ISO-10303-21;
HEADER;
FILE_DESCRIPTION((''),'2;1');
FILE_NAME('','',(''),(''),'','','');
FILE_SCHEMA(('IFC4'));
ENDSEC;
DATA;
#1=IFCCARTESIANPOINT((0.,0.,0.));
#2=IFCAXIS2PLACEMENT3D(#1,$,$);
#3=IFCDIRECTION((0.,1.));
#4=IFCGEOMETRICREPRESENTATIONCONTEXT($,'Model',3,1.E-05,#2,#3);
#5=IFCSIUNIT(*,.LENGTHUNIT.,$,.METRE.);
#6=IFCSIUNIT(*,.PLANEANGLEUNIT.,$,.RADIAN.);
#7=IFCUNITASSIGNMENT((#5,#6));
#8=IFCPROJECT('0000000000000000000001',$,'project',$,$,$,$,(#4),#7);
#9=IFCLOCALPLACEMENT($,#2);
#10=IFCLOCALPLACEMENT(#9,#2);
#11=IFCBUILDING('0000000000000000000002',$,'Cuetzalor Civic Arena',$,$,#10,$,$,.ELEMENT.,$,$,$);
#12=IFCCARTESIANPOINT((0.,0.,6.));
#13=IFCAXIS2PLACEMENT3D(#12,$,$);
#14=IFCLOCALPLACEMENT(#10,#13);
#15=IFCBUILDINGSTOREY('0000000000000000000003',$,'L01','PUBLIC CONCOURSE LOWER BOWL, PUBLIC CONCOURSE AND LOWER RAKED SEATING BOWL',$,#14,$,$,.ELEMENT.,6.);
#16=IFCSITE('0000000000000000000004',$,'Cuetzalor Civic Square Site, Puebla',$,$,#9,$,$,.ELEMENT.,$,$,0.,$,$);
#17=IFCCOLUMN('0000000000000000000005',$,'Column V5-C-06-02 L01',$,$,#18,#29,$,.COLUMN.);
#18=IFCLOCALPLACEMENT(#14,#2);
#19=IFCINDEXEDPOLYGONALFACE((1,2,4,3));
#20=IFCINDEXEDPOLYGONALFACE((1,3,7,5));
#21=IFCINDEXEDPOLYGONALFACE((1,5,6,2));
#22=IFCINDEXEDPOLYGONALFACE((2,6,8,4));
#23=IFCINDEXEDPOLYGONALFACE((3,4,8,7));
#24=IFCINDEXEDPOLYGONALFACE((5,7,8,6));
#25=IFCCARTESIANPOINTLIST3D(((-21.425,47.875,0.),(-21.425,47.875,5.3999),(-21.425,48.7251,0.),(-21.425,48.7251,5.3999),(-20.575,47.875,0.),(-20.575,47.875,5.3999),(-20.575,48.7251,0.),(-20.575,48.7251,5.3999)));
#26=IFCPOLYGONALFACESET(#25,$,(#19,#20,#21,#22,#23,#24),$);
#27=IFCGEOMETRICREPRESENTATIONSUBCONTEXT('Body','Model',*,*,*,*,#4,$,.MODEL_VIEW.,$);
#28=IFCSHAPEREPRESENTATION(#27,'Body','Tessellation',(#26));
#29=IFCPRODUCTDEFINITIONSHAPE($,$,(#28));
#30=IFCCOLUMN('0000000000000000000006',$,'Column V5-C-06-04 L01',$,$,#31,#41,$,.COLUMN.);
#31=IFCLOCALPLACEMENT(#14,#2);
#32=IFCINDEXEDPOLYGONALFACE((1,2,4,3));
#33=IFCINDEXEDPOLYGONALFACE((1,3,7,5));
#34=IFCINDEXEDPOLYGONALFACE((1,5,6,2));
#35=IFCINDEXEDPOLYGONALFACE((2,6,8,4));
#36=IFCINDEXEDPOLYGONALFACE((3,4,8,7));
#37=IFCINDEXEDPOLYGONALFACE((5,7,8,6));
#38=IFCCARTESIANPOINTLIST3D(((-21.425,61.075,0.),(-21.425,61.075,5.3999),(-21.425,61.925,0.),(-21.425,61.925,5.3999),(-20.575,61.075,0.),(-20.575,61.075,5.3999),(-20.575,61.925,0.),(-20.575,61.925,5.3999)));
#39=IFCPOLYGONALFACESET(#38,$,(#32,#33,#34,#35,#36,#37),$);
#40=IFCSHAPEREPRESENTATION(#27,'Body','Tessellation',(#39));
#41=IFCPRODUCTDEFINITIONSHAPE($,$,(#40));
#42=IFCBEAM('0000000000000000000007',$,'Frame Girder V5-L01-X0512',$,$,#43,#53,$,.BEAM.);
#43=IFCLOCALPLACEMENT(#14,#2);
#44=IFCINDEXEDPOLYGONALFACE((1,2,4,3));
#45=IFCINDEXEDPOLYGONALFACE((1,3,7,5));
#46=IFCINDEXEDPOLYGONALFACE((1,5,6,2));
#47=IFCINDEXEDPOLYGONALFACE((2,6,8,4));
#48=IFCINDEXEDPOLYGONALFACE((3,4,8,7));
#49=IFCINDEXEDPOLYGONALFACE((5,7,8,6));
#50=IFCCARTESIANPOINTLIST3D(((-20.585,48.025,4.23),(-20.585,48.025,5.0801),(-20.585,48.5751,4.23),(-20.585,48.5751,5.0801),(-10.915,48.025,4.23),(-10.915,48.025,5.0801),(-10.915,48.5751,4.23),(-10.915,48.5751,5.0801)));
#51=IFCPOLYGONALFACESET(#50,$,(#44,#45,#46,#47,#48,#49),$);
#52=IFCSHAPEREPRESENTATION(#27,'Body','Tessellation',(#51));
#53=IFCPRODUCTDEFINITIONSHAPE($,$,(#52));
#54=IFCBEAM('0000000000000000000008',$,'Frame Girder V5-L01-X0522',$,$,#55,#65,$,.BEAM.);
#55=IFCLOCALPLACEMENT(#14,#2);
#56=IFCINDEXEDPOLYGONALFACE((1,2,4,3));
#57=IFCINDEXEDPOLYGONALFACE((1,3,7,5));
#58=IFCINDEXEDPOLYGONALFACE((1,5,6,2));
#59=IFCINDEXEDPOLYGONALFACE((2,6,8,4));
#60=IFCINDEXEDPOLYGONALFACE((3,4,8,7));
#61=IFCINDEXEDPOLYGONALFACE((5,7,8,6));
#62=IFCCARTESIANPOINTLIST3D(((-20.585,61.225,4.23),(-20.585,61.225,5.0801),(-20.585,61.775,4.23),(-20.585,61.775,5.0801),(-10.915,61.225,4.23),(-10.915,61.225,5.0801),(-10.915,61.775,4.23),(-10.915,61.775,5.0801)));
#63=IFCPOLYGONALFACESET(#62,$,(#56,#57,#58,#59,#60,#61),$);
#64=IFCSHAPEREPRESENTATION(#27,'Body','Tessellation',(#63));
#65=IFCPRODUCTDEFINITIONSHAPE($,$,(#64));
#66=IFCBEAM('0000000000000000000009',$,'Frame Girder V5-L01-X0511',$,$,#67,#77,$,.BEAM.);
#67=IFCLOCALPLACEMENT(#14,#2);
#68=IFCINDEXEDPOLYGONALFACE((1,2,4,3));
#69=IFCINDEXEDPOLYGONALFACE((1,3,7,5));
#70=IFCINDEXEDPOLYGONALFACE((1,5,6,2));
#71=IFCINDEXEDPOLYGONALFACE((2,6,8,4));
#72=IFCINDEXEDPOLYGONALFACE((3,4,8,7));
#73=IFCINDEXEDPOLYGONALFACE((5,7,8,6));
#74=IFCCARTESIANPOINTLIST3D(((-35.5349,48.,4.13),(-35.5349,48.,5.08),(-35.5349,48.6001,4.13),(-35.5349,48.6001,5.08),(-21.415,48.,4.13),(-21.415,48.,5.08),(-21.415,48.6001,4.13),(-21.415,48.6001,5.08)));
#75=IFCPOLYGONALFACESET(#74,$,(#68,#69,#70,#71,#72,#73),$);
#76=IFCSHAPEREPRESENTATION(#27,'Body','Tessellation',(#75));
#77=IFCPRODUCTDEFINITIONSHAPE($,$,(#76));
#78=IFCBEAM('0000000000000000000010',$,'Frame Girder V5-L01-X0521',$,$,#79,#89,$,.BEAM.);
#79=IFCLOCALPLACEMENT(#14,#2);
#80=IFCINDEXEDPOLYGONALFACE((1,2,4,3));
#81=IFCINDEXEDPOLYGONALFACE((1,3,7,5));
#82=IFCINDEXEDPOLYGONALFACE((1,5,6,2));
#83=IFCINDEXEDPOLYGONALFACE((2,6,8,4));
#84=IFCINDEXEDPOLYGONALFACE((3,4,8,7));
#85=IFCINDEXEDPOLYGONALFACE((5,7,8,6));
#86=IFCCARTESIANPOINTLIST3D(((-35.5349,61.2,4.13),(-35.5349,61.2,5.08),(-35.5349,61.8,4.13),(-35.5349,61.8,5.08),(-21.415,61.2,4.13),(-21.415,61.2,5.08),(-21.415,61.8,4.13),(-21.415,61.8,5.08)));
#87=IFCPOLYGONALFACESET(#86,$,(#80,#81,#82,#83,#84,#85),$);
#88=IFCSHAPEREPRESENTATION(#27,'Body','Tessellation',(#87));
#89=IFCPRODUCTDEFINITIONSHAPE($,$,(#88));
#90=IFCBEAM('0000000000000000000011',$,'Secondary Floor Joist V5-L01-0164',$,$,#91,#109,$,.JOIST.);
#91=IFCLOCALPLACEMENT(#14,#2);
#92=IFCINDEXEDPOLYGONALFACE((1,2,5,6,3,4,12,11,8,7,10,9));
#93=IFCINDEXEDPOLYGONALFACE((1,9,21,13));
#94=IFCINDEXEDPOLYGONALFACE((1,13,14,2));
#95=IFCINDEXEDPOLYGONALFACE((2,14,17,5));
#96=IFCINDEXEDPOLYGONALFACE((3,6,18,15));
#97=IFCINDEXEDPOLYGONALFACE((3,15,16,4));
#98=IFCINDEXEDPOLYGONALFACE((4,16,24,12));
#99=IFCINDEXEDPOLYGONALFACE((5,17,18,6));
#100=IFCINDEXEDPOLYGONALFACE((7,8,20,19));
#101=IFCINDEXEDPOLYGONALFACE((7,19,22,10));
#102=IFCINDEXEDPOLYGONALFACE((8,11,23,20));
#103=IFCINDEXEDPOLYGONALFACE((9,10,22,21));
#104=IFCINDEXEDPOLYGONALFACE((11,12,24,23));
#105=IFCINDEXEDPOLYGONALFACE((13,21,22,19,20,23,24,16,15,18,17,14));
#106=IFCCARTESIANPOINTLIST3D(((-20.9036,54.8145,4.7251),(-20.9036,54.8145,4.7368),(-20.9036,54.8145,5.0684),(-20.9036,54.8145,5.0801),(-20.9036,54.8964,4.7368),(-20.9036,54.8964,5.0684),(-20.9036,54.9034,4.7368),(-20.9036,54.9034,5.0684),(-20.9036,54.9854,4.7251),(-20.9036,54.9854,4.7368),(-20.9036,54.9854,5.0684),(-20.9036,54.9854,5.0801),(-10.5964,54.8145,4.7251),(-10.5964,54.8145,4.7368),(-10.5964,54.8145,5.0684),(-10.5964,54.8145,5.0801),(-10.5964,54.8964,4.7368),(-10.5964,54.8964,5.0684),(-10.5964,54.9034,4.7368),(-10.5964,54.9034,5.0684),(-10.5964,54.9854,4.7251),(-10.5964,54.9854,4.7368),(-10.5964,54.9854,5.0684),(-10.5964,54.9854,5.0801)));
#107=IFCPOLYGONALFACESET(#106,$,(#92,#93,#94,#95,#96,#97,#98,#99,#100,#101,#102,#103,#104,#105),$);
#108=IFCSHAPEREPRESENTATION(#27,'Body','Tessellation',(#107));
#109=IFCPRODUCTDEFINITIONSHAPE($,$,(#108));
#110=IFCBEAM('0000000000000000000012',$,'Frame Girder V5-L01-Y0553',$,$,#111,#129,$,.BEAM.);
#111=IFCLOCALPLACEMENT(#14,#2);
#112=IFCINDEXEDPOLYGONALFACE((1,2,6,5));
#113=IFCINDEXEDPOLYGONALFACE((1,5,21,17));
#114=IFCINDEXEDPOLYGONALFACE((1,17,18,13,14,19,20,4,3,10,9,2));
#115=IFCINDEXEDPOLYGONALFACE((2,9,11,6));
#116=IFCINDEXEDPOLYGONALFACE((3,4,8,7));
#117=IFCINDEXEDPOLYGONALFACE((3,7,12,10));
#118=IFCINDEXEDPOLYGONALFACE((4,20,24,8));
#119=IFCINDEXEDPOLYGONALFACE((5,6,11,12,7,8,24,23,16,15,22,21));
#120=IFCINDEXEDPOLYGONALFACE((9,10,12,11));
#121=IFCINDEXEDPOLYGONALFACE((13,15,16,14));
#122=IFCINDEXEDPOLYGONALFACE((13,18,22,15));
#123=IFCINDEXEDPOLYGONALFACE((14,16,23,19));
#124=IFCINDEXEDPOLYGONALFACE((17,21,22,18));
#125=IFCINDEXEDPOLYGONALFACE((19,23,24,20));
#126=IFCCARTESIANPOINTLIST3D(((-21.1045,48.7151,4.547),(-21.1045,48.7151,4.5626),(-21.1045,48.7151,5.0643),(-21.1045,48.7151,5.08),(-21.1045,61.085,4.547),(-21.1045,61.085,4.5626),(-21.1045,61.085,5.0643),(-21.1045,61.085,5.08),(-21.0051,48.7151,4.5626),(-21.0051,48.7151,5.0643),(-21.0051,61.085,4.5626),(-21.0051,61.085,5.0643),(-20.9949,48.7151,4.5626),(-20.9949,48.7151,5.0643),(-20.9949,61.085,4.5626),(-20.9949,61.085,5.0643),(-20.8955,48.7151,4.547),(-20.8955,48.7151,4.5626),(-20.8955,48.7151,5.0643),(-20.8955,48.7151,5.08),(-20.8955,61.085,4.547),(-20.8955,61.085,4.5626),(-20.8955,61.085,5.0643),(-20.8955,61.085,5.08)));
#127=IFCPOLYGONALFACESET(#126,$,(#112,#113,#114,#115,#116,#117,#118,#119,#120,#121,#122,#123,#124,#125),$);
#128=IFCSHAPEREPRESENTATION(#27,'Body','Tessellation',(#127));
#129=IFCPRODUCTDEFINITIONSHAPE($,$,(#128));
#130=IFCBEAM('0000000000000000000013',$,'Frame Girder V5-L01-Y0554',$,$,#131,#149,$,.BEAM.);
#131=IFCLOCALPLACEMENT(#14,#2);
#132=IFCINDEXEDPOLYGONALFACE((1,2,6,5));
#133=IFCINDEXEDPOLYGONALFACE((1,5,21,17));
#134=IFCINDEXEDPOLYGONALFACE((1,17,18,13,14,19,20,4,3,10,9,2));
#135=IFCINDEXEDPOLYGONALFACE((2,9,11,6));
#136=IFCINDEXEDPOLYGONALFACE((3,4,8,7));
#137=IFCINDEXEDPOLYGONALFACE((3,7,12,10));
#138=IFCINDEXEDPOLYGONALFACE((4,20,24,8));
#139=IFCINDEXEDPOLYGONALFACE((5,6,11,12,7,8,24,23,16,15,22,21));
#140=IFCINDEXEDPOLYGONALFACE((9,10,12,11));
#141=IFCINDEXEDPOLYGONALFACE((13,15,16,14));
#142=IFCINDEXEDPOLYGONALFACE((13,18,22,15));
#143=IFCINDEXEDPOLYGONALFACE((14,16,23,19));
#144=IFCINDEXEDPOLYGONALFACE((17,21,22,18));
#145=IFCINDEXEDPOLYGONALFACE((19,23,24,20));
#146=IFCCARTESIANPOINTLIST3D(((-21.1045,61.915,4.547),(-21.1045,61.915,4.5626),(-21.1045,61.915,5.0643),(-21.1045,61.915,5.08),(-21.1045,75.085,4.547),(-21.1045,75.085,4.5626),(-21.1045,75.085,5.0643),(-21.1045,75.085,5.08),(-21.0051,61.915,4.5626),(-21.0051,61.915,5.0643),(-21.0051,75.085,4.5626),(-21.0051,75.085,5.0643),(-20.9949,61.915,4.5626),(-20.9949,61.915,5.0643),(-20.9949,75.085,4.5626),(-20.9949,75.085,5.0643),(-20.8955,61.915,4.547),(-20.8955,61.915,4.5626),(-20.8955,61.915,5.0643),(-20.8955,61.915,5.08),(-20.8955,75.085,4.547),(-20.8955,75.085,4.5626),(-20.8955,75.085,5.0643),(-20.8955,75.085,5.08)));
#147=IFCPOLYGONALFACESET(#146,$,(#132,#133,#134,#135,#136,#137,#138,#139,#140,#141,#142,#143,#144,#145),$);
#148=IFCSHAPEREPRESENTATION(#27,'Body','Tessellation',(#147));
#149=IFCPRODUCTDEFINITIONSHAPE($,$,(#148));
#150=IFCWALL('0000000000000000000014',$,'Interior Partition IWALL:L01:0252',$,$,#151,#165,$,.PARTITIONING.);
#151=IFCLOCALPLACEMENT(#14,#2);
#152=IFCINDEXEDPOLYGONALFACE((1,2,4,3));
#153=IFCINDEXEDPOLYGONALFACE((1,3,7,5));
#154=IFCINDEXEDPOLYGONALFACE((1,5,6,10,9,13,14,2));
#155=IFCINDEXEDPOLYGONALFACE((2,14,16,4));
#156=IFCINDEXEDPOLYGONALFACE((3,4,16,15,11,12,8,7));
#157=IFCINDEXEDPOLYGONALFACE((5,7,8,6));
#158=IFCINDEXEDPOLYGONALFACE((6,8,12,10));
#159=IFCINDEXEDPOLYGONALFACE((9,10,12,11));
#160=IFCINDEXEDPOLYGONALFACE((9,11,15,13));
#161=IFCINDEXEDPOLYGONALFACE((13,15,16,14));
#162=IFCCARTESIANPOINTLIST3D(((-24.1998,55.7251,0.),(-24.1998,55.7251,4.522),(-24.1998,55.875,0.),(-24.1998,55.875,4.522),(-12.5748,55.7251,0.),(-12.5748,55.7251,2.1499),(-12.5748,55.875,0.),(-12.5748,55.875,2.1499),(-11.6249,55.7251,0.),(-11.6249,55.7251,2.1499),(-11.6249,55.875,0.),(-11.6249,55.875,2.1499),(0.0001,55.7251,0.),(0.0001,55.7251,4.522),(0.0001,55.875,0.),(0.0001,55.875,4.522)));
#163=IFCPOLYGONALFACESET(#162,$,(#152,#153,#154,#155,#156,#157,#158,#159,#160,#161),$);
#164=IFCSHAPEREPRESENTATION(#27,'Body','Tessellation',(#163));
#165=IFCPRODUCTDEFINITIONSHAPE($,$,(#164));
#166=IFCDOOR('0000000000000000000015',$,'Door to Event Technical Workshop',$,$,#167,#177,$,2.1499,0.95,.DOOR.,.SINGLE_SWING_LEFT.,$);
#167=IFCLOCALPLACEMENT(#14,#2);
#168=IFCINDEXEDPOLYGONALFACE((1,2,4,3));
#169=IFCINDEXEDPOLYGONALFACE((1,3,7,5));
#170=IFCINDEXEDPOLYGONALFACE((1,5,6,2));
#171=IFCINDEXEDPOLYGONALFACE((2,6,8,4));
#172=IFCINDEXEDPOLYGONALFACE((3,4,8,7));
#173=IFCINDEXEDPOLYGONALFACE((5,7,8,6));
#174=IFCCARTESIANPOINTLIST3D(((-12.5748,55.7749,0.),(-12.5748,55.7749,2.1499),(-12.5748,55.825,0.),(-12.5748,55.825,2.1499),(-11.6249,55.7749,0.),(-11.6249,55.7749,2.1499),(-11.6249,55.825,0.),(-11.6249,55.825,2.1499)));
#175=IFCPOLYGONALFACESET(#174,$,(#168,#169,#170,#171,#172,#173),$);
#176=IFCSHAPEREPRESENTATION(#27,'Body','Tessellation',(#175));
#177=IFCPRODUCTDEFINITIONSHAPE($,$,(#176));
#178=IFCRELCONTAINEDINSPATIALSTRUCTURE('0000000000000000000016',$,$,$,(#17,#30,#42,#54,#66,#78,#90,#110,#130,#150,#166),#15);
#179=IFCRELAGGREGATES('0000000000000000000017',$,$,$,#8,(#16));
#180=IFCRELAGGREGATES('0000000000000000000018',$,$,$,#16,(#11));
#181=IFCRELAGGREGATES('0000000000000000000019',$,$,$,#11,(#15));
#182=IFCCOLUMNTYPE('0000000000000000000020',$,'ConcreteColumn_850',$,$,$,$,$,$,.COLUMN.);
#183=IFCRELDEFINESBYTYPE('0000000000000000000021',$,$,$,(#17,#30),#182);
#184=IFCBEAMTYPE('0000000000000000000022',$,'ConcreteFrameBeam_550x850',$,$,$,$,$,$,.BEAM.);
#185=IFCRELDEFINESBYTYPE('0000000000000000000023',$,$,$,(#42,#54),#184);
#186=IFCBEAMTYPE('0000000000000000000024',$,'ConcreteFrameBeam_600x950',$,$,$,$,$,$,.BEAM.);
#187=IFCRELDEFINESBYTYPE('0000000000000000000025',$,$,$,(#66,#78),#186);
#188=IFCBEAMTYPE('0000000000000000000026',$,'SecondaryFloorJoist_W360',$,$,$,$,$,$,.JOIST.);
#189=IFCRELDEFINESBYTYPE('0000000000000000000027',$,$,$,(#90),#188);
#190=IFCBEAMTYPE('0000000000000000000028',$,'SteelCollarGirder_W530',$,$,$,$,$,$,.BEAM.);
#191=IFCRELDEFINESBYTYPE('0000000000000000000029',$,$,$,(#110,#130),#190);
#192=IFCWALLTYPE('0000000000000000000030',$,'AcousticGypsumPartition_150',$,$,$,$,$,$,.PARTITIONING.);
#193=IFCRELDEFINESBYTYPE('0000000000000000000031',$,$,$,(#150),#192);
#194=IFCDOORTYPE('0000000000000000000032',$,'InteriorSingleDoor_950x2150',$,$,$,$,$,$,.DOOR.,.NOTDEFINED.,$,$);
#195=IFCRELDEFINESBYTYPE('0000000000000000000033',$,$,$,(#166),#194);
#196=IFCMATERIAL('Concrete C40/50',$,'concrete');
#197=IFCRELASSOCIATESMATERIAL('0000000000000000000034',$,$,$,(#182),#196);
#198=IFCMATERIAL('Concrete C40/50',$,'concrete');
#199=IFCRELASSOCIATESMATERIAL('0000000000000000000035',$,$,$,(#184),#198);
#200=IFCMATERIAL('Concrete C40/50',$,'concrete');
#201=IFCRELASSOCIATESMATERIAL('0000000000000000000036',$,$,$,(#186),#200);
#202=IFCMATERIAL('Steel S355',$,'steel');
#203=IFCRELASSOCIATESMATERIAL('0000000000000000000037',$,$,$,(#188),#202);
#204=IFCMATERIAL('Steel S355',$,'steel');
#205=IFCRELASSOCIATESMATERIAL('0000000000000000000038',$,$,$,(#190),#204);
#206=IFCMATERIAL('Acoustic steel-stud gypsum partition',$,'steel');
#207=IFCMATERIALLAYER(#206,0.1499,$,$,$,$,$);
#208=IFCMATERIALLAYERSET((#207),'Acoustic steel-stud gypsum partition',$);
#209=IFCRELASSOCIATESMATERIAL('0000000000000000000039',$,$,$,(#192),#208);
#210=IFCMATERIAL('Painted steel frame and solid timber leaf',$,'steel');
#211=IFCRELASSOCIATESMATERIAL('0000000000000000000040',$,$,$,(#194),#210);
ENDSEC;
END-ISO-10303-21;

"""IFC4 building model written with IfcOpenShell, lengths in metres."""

from ifc_helpers import new_model, si_unit, direction, frame, frame_2d, origin, origin_2d, place, context, subcontext, project, spatial, rectangle, i_section, extrude, material, layer, layer_set, material_profile, profile_set, type_object, element, fill, save


model = new_model("IFC4")

# Units and contexts
model_context = context("Model", 3, precision=1e-05, world=origin(), true_north=direction((0.0, 1.0)))
body_context = subcontext(model_context, "Body", "Model", "MODEL_VIEW")
ifc_project = project(units=[si_unit("LENGTHUNIT", "METRE"), si_unit("PLANEANGLEUNIT", "RADIAN")], contexts=[model_context])

# Site, building, storey
site_placement = place(None, origin())
site = spatial("IfcSite", under=ifc_project, at=site_placement, Name="Cuetzalor Civic Square Site, Puebla", CompositionType="ELEMENT", RefElevation=0.0)
building_placement = place(site_placement, origin())
building = spatial("IfcBuilding", under=site, at=building_placement, Name="Cuetzalor Civic Arena", CompositionType="ELEMENT")
storey_placement = place(building_placement, frame((0.0, 0.0, 6.0)))
storey = spatial("IfcBuildingStorey", under=building, at=storey_placement, Name="L01", Description="PUBLIC CONCOURSE LOWER BOWL, PUBLIC CONCOURSE AND LOWER RAKED SEATING BOWL", CompositionType="ELEMENT", Elevation=6.0)

# Columns
ifc_material_1 = material(Name="Concrete C40/50", Category="concrete")
ifc_material_profile_1 = material_profile(ifc_material_1, rectangle(XDim=0.8501, YDim=0.8501, at=origin_2d()), Name="RC 850x850")
ifc_profile_set_1 = profile_set([ifc_material_profile_1], Name="Concrete C40/50")
column_type = type_object("IfcColumnType", Name="ConcreteColumn_850", PredefinedType="COLUMN", material=ifc_profile_set_1)
for number, where, z_axis, x_axis, name in (
    (1, (-21.0, 48.3, 0.0), (0.0, 0.0, 1.0), (1.0, 0.0, 0.0), "Column V5-C-06-02 L01"),
    (2, (-21.0, 61.5, 0.0), (0.0, 0.0, 1.0), (1.0, 0.0, 0.0), "Column V5-C-06-04 L01"),
):
    element("IfcColumn", number, at=place(storey_placement, frame(where, z_axis=z_axis, x_axis=x_axis)), inside=storey, type_object=column_type, Name=name, PredefinedType="COLUMN", context=body_context, shape_type="SweptSolid", body=[
        extrude(rectangle(XDim=0.8501, YDim=0.8501, at=origin_2d()), origin(), (0.0, 0.0, 1.0), 5.3999),
    ])

# Beams
ifc_material_2 = material(Name="Concrete C40/50", Category="concrete")
ifc_material_profile_2 = material_profile(ifc_material_2, rectangle(XDim=0.55, YDim=0.8501, at=origin_2d()), Name="RC 550x850")
ifc_profile_set_2 = profile_set([ifc_material_profile_2], Name="Concrete C40/50")
beam_type_1 = type_object("IfcBeamType", Name="ConcreteFrameBeam_550x850", PredefinedType="BEAM", material=ifc_profile_set_2)
for number, where, z_axis, x_axis, name in (
    (3, (-20.585, 48.3, 4.655), (1.0, 0.0, 0.0), (0.0, 1.0, 0.0), "Frame Girder V5-L01-X0512"),
    (4, (-20.585, 61.5, 4.655), (1.0, 0.0, 0.0), (0.0, 1.0, 0.0), "Frame Girder V5-L01-X0522"),
):
    element("IfcBeam", number, at=place(storey_placement, frame(where, z_axis=z_axis, x_axis=x_axis)), inside=storey, type_object=beam_type_1, Name=name, PredefinedType="BEAM", context=body_context, shape_type="SweptSolid", body=[
        extrude(rectangle(XDim=0.55, YDim=0.8501, at=origin_2d()), origin(), (0.0, 0.0, 1.0), 9.6699),
    ])
ifc_material_3 = material(Name="Concrete C40/50", Category="concrete")
ifc_material_profile_3 = material_profile(ifc_material_3, rectangle(XDim=0.6001, YDim=0.95, at=origin_2d()), Name="RC 600x950")
ifc_profile_set_3 = profile_set([ifc_material_profile_3], Name="Concrete C40/50")
beam_type_2 = type_object("IfcBeamType", Name="ConcreteFrameBeam_600x950", PredefinedType="BEAM", material=ifc_profile_set_3)
for number, where, z_axis, x_axis, name in (
    (5, (-35.5349, 48.3, 4.605), (1.0, 0.0, 0.0), (0.0, 1.0, 0.0), "Frame Girder V5-L01-X0511"),
    (6, (-35.5349, 61.5, 4.605), (1.0, 0.0, 0.0), (0.0, 1.0, 0.0), "Frame Girder V5-L01-X0521"),
):
    element("IfcBeam", number, at=place(storey_placement, frame(where, z_axis=z_axis, x_axis=x_axis)), inside=storey, type_object=beam_type_2, Name=name, PredefinedType="BEAM", context=body_context, shape_type="SweptSolid", body=[
        extrude(rectangle(XDim=0.6001, YDim=0.95, at=origin_2d()), origin(), (0.0, 0.0, 1.0), 14.1199),
    ])
ifc_material_4 = material(Name="Steel S355", Category="steel")
ifc_material_profile_4 = material_profile(ifc_material_4, i_section(OverallWidth=0.1709, OverallDepth=0.355, WebThickness=0.0071, FlangeThickness=0.0117, at=origin_2d()), Name="W360x51")
ifc_profile_set_4 = profile_set([ifc_material_profile_4], Name="Steel S355")
beam_type_3 = type_object("IfcBeamType", Name="SecondaryFloorJoist_W360", PredefinedType="JOIST", material=ifc_profile_set_4)
beam_1_placement = place(storey_placement, frame((-20.9036, 54.8999, 4.9026), z_axis=(1.0, 0.0, 0.0), x_axis=(0.0, 1.0, 0.0)))
element("IfcBeam", 7, at=beam_1_placement, inside=storey, type_object=beam_type_3, Name="Secondary Floor Joist V5-L01-0164", PredefinedType="JOIST", context=body_context, shape_type="SweptSolid", body=[
    extrude(i_section(OverallWidth=0.1709, OverallDepth=0.355, WebThickness=0.0071, FlangeThickness=0.0117, at=origin_2d()), origin(), (0.0, 0.0, 1.0), 10.3071),
])
ifc_material_5 = material(Name="Steel S355", Category="steel")
ifc_material_profile_5 = material_profile(ifc_material_5, i_section(OverallWidth=0.209, OverallDepth=0.533, WebThickness=0.0103, FlangeThickness=0.0156, at=origin_2d()), Name="W530x92")
ifc_profile_set_5 = profile_set([ifc_material_profile_5], Name="Steel S355")
beam_type_4 = type_object("IfcBeamType", Name="SteelCollarGirder_W530", PredefinedType="BEAM", material=ifc_profile_set_5)
beam_2_placement = place(storey_placement, frame((-21.0, 48.7151, 4.8135), z_axis=(0.0, 1.0, 0.0), x_axis=(-1.0, 0.0, 0.0)))
element("IfcBeam", 8, at=beam_2_placement, inside=storey, type_object=beam_type_4, Name="Frame Girder V5-L01-Y0553", PredefinedType="BEAM", context=body_context, shape_type="SweptSolid", body=[
    extrude(i_section(OverallWidth=0.209, OverallDepth=0.533, WebThickness=0.0103, FlangeThickness=0.0156, at=origin_2d()), origin(), (0.0, 0.0, 1.0), 12.3699),
])
beam_3_placement = place(storey_placement, frame((-21.0, 61.915, 4.8135), z_axis=(0.0, 1.0, 0.0), x_axis=(-1.0, 0.0, 0.0)))
element("IfcBeam", 9, at=beam_3_placement, inside=storey, type_object=beam_type_4, Name="Frame Girder V5-L01-Y0554", PredefinedType="BEAM", context=body_context, shape_type="SweptSolid", body=[
    extrude(i_section(OverallWidth=0.209, OverallDepth=0.533, WebThickness=0.0103, FlangeThickness=0.0156, at=origin_2d()), origin(), (0.0, 0.0, 1.0), 13.1699),
])

# Wall, opening, door
ifc_material_6 = material(Name="Acoustic steel-stud gypsum partition", Category="steel")
ifc_layer_1 = layer(ifc_material_6, 0.1499)
ifc_layer_set_1 = layer_set([ifc_layer_1], Name="Acoustic steel-stud gypsum partition")
wall_type_1 = type_object("IfcWallType", Name="AcousticGypsumPartition_150", PredefinedType="PARTITIONING", material=ifc_layer_set_1)
wall_1_placement = place(storey_placement, frame((-24.2, 55.8, 0.0), z_axis=(0.0, 0.0, 1.0), x_axis=(1.0, 0.0, 0.0)))
wall_1 = element("IfcWall", 10, at=wall_1_placement, inside=storey, type_object=wall_type_1, Name="Interior Partition IWALL:L01:0252", PredefinedType="PARTITIONING", context=body_context, shape_type="SweptSolid", body=[
    extrude(rectangle(XDim=24.2, YDim=0.1499, at=frame_2d((12.1001, 0.0))), origin(), (0.0, 0.0, 1.0), 4.522),
])
opening_1_placement = place(wall_1_placement, frame((11.625, 0.0, 0.0)))
opening_1 = element("IfcOpeningElement", 11, at=opening_1_placement, cuts=wall_1, PredefinedType="OPENING", context=body_context, shape_type="SweptSolid", body=[
    extrude(rectangle(XDim=0.95, YDim=2.1499, at=frame_2d((0.4751, 1.075))), frame((0.0, 0.085, 0.0), z_axis=(0.0, -1.0, 0.0), x_axis=(1.0, 0.0, 0.0)), (0.0, 0.0, 1.0), 0.1699),
])
ifc_material_7 = material(Name="Painted steel frame and solid timber leaf", Category="steel")
door_type_1 = type_object("IfcDoorType", Name="InteriorSingleDoor_950x2150", OperationType="NOTDEFINED", PredefinedType="DOOR", material=ifc_material_7)
door_1_placement = place(opening_1_placement, origin())
door_1 = element("IfcDoor", 12, at=door_1_placement, inside=storey, type_object=door_type_1, Name="Door to Event Technical Workshop", OperationType="SINGLE_SWING_LEFT", OverallHeight=2.1499, OverallWidth=0.95, PredefinedType="DOOR", context=body_context, shape_type="SweptSolid", body=[
    extrude(rectangle(XDim=0.95, YDim=2.1499, at=frame_2d((0.4751, 1.075))), frame((0.0, 0.0249, 0.0), z_axis=(0.0, -1.0, 0.0), x_axis=(1.0, 0.0, 0.0)), (0.0, 0.0, 1.0), 0.05),
])
fill(opening_1, door_1)

save(model, "model.ifc")
